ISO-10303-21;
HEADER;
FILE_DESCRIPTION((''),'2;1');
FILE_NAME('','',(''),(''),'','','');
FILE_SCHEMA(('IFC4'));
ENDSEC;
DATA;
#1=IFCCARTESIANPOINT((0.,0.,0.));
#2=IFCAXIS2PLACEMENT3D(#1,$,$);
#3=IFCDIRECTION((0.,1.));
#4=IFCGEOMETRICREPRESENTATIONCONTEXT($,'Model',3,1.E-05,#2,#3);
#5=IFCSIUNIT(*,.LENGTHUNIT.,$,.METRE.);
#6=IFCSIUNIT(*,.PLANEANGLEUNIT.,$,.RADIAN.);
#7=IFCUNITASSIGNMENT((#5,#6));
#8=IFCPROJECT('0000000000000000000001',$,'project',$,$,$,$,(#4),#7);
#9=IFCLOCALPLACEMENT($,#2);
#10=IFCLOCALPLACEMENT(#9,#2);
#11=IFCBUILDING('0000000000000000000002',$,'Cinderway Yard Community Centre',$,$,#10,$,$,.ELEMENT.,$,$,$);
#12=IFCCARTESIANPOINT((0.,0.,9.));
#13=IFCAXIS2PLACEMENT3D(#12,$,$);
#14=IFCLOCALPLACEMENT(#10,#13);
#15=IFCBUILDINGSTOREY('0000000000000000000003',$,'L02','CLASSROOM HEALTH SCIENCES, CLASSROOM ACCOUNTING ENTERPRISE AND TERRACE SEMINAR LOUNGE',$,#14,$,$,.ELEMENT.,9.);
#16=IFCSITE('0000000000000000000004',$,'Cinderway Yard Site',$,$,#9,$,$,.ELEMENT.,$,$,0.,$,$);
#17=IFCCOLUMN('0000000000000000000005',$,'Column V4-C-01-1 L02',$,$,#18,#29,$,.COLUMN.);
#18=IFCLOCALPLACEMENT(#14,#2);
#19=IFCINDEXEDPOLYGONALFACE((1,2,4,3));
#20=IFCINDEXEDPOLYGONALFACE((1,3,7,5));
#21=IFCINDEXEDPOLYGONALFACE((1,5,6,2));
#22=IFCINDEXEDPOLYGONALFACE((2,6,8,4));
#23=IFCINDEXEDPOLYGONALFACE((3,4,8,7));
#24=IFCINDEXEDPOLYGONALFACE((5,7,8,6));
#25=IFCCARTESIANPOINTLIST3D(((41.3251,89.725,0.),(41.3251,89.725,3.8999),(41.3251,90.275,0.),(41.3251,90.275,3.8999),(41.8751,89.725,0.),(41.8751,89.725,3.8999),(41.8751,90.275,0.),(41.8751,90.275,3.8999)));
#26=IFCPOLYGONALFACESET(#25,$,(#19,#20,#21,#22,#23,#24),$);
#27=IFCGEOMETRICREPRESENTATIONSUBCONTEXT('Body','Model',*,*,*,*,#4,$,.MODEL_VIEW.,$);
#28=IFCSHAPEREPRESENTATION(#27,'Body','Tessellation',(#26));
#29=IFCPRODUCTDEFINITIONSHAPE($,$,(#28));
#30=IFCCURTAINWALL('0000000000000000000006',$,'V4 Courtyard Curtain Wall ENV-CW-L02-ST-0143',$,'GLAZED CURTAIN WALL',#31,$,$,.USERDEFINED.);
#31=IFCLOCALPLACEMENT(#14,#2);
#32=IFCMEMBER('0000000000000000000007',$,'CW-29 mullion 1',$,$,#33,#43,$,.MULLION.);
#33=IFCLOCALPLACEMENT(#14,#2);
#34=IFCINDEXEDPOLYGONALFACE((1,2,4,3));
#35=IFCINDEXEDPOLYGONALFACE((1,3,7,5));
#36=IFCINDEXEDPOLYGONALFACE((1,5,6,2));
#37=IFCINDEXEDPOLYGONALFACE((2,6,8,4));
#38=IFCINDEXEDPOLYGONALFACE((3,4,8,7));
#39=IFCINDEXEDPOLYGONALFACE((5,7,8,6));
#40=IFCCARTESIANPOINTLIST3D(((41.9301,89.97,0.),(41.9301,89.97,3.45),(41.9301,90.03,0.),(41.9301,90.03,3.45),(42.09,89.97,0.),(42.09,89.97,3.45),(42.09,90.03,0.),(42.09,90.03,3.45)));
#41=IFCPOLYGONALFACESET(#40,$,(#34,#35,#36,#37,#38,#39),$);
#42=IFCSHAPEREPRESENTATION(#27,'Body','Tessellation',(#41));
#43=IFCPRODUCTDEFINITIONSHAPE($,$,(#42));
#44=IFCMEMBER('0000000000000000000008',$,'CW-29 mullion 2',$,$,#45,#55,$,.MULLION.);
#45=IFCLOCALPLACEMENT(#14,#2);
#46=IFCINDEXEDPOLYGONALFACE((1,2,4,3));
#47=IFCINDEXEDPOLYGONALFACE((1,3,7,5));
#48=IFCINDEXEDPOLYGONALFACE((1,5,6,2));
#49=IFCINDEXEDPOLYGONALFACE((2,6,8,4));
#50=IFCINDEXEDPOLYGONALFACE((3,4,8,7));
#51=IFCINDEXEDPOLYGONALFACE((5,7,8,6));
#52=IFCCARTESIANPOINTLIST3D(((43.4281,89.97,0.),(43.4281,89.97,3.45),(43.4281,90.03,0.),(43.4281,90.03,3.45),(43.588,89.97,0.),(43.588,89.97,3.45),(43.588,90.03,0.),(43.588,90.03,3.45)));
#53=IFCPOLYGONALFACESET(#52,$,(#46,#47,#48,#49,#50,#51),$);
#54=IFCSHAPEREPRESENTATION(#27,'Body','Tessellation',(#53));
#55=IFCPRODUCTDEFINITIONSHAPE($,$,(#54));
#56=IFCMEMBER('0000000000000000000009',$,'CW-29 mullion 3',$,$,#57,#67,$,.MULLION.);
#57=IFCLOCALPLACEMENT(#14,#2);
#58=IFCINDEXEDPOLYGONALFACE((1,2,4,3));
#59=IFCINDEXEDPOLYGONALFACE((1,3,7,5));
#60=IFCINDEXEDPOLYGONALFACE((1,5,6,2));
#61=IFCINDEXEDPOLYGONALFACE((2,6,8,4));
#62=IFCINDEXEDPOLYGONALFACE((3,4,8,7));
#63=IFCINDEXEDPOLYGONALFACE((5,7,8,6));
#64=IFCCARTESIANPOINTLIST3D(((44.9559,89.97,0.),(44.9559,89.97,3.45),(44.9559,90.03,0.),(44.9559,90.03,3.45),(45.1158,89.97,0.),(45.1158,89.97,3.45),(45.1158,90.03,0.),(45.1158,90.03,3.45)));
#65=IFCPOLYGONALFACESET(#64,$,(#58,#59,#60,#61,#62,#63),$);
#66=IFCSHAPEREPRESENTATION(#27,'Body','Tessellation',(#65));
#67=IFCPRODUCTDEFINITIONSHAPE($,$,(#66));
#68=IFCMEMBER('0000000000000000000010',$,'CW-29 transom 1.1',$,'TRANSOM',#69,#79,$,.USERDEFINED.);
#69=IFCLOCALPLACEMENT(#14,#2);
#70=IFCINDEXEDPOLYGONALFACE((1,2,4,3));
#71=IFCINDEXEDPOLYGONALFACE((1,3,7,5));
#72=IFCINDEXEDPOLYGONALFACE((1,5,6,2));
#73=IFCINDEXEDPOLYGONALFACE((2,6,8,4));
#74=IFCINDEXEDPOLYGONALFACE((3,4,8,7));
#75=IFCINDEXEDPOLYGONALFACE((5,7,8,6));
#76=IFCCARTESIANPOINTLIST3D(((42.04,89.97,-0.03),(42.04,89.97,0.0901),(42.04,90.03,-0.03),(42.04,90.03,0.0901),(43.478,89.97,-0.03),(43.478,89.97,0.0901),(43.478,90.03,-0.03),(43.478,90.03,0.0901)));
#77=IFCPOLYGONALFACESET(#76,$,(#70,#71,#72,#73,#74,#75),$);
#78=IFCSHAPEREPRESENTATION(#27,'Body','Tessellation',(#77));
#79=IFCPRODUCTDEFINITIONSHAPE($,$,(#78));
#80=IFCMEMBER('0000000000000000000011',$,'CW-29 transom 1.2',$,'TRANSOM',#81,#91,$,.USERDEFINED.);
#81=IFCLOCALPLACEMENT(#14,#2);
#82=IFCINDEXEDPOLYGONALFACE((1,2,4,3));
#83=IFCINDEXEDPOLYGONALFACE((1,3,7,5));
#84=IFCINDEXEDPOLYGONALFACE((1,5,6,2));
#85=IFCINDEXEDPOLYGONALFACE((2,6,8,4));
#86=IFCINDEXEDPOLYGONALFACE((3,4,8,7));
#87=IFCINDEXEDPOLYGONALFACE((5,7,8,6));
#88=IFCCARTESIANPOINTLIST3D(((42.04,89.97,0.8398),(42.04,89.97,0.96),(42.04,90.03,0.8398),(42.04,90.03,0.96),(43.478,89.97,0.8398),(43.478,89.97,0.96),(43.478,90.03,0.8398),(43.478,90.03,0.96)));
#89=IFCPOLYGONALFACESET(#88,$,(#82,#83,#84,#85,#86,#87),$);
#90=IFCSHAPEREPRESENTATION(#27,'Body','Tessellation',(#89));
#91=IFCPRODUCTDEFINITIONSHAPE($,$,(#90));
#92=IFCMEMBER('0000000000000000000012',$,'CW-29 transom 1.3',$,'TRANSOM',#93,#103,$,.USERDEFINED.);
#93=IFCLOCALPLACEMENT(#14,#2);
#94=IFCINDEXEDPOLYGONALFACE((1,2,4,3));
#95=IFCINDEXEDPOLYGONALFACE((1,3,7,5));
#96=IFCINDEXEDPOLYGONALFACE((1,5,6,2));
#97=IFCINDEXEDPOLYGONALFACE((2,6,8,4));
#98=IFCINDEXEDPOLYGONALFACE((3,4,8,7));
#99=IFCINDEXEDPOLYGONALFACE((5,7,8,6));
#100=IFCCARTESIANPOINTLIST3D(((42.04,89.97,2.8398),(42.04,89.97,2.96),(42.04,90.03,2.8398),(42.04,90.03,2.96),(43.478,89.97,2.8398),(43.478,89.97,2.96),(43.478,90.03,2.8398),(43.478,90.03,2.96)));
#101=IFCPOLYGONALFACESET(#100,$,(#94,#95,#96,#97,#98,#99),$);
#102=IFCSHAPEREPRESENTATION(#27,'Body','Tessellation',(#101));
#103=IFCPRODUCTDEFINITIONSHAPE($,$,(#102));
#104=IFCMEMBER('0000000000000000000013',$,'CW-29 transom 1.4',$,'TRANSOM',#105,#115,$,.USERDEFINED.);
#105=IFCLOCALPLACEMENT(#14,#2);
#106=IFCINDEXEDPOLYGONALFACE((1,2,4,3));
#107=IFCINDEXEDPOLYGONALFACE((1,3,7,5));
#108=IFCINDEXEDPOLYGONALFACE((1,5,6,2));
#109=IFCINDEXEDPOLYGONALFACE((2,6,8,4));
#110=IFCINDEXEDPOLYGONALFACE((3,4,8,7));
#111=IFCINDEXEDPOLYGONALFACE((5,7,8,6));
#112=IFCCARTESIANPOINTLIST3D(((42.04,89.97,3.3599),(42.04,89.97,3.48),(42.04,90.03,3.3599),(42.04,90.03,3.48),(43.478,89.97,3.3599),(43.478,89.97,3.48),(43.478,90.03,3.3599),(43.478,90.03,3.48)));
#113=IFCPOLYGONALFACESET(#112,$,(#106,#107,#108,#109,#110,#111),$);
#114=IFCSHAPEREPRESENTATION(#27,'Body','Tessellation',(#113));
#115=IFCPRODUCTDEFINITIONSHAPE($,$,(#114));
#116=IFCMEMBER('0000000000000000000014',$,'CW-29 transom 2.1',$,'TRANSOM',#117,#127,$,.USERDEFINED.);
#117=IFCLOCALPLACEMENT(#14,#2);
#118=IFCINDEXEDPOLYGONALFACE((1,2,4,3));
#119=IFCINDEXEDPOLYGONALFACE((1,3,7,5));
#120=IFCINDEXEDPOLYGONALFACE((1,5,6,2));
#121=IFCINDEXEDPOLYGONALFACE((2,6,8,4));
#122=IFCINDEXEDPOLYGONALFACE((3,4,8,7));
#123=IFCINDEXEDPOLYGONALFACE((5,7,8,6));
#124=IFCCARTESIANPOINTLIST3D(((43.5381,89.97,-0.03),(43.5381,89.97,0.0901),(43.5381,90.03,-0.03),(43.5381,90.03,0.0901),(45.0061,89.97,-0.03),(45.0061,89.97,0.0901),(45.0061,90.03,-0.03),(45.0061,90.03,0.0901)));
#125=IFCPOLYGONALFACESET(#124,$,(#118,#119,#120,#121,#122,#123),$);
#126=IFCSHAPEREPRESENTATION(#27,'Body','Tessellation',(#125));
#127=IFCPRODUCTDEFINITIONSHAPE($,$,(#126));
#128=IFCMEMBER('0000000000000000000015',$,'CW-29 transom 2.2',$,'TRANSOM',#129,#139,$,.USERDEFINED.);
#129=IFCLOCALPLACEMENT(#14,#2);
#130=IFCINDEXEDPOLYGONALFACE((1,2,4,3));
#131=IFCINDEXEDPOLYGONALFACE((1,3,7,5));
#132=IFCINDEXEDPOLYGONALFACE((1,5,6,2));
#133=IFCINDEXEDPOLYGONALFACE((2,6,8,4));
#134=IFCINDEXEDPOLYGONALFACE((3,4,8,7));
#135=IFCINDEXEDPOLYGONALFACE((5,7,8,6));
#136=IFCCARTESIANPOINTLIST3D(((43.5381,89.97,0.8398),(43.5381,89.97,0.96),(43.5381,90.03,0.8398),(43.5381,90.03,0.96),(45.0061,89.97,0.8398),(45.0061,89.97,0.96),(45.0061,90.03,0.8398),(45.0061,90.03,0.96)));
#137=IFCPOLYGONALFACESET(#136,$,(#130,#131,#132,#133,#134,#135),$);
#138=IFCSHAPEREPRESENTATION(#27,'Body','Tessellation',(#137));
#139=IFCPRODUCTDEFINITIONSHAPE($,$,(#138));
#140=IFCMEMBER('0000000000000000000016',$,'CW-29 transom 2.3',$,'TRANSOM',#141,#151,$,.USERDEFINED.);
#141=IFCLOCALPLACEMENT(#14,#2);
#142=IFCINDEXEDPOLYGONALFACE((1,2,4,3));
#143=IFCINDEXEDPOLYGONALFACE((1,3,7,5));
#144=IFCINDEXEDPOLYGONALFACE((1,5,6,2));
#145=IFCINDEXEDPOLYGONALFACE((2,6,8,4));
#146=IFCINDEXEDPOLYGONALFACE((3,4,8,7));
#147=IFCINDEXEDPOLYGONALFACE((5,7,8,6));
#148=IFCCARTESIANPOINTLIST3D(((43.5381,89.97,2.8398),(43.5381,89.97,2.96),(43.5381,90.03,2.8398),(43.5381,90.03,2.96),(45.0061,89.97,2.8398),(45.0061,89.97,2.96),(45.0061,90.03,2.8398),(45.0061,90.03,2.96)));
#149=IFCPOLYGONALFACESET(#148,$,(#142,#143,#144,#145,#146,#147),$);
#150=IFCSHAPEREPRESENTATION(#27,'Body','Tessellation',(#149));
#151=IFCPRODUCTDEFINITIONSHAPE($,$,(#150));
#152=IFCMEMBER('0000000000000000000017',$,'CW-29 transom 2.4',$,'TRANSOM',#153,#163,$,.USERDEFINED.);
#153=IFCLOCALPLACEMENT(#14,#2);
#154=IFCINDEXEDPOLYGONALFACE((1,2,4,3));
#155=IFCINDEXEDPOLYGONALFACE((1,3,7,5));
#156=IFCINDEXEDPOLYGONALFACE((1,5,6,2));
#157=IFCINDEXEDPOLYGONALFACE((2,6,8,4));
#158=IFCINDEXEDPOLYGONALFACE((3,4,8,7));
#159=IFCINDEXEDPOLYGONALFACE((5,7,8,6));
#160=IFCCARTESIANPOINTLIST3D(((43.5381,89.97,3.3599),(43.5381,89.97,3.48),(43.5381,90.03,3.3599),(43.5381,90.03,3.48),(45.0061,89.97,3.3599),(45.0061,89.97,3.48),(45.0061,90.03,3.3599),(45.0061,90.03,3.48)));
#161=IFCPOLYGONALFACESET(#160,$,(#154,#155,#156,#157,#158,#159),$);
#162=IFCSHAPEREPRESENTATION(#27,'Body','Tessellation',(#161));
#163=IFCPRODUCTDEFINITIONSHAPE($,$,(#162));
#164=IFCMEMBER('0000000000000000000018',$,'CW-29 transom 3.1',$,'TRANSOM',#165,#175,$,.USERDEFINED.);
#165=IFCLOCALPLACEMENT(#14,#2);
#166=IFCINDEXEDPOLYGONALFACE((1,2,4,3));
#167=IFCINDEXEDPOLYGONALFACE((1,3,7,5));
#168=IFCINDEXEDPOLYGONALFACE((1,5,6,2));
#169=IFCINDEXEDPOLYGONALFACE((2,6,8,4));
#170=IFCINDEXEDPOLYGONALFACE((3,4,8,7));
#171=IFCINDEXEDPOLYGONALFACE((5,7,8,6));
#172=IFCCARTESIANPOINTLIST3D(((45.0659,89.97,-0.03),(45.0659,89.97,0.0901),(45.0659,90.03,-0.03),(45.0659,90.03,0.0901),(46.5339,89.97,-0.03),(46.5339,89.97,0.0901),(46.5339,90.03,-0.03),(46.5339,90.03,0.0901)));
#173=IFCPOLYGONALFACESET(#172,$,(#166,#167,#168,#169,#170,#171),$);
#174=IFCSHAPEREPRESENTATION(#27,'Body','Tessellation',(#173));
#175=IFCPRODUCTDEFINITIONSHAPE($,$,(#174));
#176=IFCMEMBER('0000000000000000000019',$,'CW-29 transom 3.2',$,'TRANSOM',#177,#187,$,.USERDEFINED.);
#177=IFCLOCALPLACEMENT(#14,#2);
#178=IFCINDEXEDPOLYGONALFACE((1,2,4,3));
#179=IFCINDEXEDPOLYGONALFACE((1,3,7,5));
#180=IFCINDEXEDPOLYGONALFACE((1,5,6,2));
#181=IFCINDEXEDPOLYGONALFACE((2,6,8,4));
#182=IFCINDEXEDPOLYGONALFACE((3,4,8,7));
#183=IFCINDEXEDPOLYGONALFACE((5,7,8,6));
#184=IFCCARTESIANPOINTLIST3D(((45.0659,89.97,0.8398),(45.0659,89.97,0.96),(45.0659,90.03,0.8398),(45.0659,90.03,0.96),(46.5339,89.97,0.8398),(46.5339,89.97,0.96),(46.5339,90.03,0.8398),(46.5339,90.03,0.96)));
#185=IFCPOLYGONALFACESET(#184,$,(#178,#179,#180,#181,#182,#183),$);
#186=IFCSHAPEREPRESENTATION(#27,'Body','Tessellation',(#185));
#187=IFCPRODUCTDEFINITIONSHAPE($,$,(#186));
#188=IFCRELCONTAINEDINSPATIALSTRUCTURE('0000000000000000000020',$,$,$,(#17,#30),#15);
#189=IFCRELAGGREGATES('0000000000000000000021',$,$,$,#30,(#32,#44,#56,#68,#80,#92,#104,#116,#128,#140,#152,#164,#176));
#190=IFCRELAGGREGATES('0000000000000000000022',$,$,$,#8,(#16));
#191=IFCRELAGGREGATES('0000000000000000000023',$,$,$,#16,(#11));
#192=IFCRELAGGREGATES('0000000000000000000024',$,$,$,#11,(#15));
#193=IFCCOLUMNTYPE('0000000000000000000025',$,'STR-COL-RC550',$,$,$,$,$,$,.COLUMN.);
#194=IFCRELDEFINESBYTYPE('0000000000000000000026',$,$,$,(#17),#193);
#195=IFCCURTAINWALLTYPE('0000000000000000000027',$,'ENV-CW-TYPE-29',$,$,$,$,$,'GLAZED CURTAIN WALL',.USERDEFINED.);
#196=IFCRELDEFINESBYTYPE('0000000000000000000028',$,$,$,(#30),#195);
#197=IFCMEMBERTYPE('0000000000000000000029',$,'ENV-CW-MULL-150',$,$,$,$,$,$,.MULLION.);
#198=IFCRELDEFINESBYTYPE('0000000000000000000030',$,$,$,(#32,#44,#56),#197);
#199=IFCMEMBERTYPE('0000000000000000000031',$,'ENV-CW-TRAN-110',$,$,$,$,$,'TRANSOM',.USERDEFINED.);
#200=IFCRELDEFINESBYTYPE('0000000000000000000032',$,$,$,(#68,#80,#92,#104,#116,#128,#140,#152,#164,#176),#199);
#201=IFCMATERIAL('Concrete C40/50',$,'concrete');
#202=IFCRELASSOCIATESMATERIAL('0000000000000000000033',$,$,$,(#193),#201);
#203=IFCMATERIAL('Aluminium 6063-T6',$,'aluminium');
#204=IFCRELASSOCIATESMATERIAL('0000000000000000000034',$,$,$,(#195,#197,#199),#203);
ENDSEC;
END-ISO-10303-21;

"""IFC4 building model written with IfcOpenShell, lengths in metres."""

from ifc_helpers import new_model, si_unit, direction, frame, origin, origin_2d, place, context, subcontext, project, spatial, rectangle, extrude, material, material_profile, profile_set, type_object, element, aggregate, save


model = new_model("IFC4")

# Units and contexts
model_context = context("Model", 3, precision=1e-05, world=origin(), true_north=direction((0.0, 1.0)))
body_context = subcontext(model_context, "Body", "Model", "MODEL_VIEW")
ifc_project = project(units=[si_unit("LENGTHUNIT", "METRE"), si_unit("PLANEANGLEUNIT", "RADIAN")], contexts=[model_context])

# Site, building, storey
site_placement = place(None, origin())
site = spatial("IfcSite", under=ifc_project, at=site_placement, Name="Cinderway Yard Site", CompositionType="ELEMENT", RefElevation=0.0)
building_placement = place(site_placement, origin())
building = spatial("IfcBuilding", under=site, at=building_placement, Name="Cinderway Yard Community Centre", CompositionType="ELEMENT")
storey_placement = place(building_placement, frame((0.0, 0.0, 9.0)))
storey = spatial("IfcBuildingStorey", under=building, at=storey_placement, Name="L02", Description="CLASSROOM HEALTH SCIENCES, CLASSROOM ACCOUNTING ENTERPRISE AND TERRACE SEMINAR LOUNGE", CompositionType="ELEMENT", Elevation=9.0)

# Column
ifc_material_1 = material(Name="Concrete C40/50", Category="concrete")
ifc_material_profile_1 = material_profile(ifc_material_1, rectangle(XDim=0.55, YDim=0.55, at=origin_2d()), Name="Concrete C40/50")
ifc_profile_set_1 = profile_set([ifc_material_profile_1], Name="Concrete C40/50")
column_type = type_object("IfcColumnType", Name="STR-COL-RC550", PredefinedType="COLUMN", material=ifc_profile_set_1)
column_placement = place(storey_placement, frame((41.6001, 90.0, 0.0), z_axis=(0.0, 0.0, 1.0), x_axis=(1.0, 0.0, 0.0)))
element("IfcColumn", 1, at=column_placement, inside=storey, type_object=column_type, Name="Column V4-C-01-1 L02", PredefinedType="COLUMN", context=body_context, shape_type="SweptSolid", body=[
    extrude(rectangle(XDim=0.55, YDim=0.55, at=origin_2d()), origin(), (0.0, 0.0, 1.0), 3.8999),
])

# Curtain wall, members
ifc_material_2 = material(Name="Aluminium 6063-T6", Category="aluminium")
curtain_wall_type = type_object("IfcCurtainWallType", Name="ENV-CW-TYPE-29", ElementType="GLAZED CURTAIN WALL", PredefinedType="USERDEFINED", material=ifc_material_2)
curtain_wall_placement = place(storey_placement, origin())
curtain_wall = element("IfcCurtainWall", 2, at=curtain_wall_placement, inside=storey, type_object=curtain_wall_type, Name="V4 Courtyard Curtain Wall ENV-CW-L02-ST-0143", ObjectType="GLAZED CURTAIN WALL", PredefinedType="USERDEFINED")
ifc_material_profile_2 = material_profile(ifc_material_2, rectangle(XDim=0.0601, YDim=0.1599, at=origin_2d()), Name="Aluminium 6063-T6")
ifc_profile_set_2 = profile_set([ifc_material_profile_2], Name="Aluminium 6063-T6")
member_type_1 = type_object("IfcMemberType", Name="ENV-CW-MULL-150", PredefinedType="MULLION", material=ifc_profile_set_2)
member_1_placement = place(storey_placement, frame((42.01, 90.0, 0.0), z_axis=(0.0, 0.0, 1.0), x_axis=(0.0, 1.0, 0.0)))
member_1 = element("IfcMember", 3, at=member_1_placement, type_object=member_type_1, Name="CW-29 mullion 1", PredefinedType="MULLION", context=body_context, shape_type="SweptSolid", body=[
    extrude(rectangle(XDim=0.0601, YDim=0.1599, at=origin_2d()), origin(), (0.0, 0.0, 1.0), 3.45),
])
member_2_placement = place(storey_placement, frame((43.5081, 90.0, 0.0), z_axis=(0.0, 0.0, 1.0), x_axis=(0.0, 1.0, 0.0)))
member_2 = element("IfcMember", 4, at=member_2_placement, type_object=member_type_1, Name="CW-29 mullion 2", PredefinedType="MULLION", context=body_context, shape_type="SweptSolid", body=[
    extrude(rectangle(XDim=0.0601, YDim=0.1599, at=origin_2d()), origin(), (0.0, 0.0, 1.0), 3.45),
])
member_3_placement = place(storey_placement, frame((45.0359, 90.0, 0.0), z_axis=(0.0, 0.0, 1.0), x_axis=(0.0, 1.0, 0.0)))
member_3 = element("IfcMember", 5, at=member_3_placement, type_object=member_type_1, Name="CW-29 mullion 3", PredefinedType="MULLION", context=body_context, shape_type="SweptSolid", body=[
    extrude(rectangle(XDim=0.0601, YDim=0.1599, at=origin_2d()), origin(), (0.0, 0.0, 1.0), 3.45),
])
ifc_material_profile_3 = material_profile(ifc_material_2, rectangle(XDim=0.0601, YDim=0.1201, at=origin_2d()), Name="Aluminium 6063-T6")
ifc_profile_set_3 = profile_set([ifc_material_profile_3], Name="Aluminium 6063-T6")
member_type_2 = type_object("IfcMemberType", Name="ENV-CW-TRAN-110", ElementType="TRANSOM", PredefinedType="USERDEFINED", material=ifc_profile_set_3)
member_4_placement = place(storey_placement, frame((42.04, 90.0, 0.03), z_axis=(1.0, 0.0, 0.0), x_axis=(0.0, 1.0, 0.0)))
member_4 = element("IfcMember", 6, at=member_4_placement, type_object=member_type_2, Name="CW-29 transom 1.1", ObjectType="TRANSOM", PredefinedType="USERDEFINED", context=body_context, shape_type="SweptSolid", body=[
    extrude(rectangle(XDim=0.0601, YDim=0.1201, at=origin_2d()), origin(), (0.0, 0.0, 1.0), 1.438),
])
member_5_placement = place(storey_placement, frame((42.04, 90.0, 0.8999), z_axis=(1.0, 0.0, 0.0), x_axis=(0.0, 1.0, 0.0)))
member_5 = element("IfcMember", 7, at=member_5_placement, type_object=member_type_2, Name="CW-29 transom 1.2", ObjectType="TRANSOM", PredefinedType="USERDEFINED", context=body_context, shape_type="SweptSolid", body=[
    extrude(rectangle(XDim=0.0601, YDim=0.1201, at=origin_2d()), origin(), (0.0, 0.0, 1.0), 1.438),
])
member_6_placement = place(storey_placement, frame((42.04, 90.0, 2.8999), z_axis=(1.0, 0.0, 0.0), x_axis=(0.0, 1.0, 0.0)))
member_6 = element("IfcMember", 8, at=member_6_placement, type_object=member_type_2, Name="CW-29 transom 1.3", ObjectType="TRANSOM", PredefinedType="USERDEFINED", context=body_context, shape_type="SweptSolid", body=[
    extrude(rectangle(XDim=0.0601, YDim=0.1201, at=origin_2d()), origin(), (0.0, 0.0, 1.0), 1.438),
])
member_7_placement = place(storey_placement, frame((42.04, 90.0, 3.4199), z_axis=(1.0, 0.0, 0.0), x_axis=(0.0, 1.0, 0.0)))
member_7 = element("IfcMember", 9, at=member_7_placement, type_object=member_type_2, Name="CW-29 transom 1.4", ObjectType="TRANSOM", PredefinedType="USERDEFINED", context=body_context, shape_type="SweptSolid", body=[
    extrude(rectangle(XDim=0.0601, YDim=0.1201, at=origin_2d()), origin(), (0.0, 0.0, 1.0), 1.438),
])
member_8_placement = place(storey_placement, frame((43.5381, 90.0, 0.03), z_axis=(1.0, 0.0, 0.0), x_axis=(0.0, 1.0, 0.0)))
member_8 = element("IfcMember", 10, at=member_8_placement, type_object=member_type_2, Name="CW-29 transom 2.1", ObjectType="TRANSOM", PredefinedType="USERDEFINED", context=body_context, shape_type="SweptSolid", body=[
    extrude(rectangle(XDim=0.0601, YDim=0.1201, at=origin_2d()), origin(), (0.0, 0.0, 1.0), 1.468),
])
member_9_placement = place(storey_placement, frame((43.5381, 90.0, 0.8999), z_axis=(1.0, 0.0, 0.0), x_axis=(0.0, 1.0, 0.0)))
member_9 = element("IfcMember", 11, at=member_9_placement, type_object=member_type_2, Name="CW-29 transom 2.2", ObjectType="TRANSOM", PredefinedType="USERDEFINED", context=body_context, shape_type="SweptSolid", body=[
    extrude(rectangle(XDim=0.0601, YDim=0.1201, at=origin_2d()), origin(), (0.0, 0.0, 1.0), 1.468),
])
member_10_placement = place(storey_placement, frame((43.5381, 90.0, 2.8999), z_axis=(1.0, 0.0, 0.0), x_axis=(0.0, 1.0, 0.0)))
member_10 = element("IfcMember", 12, at=member_10_placement, type_object=member_type_2, Name="CW-29 transom 2.3", ObjectType="TRANSOM", PredefinedType="USERDEFINED", context=body_context, shape_type="SweptSolid", body=[
    extrude(rectangle(XDim=0.0601, YDim=0.1201, at=origin_2d()), origin(), (0.0, 0.0, 1.0), 1.468),
])
member_11_placement = place(storey_placement, frame((43.5381, 90.0, 3.4199), z_axis=(1.0, 0.0, 0.0), x_axis=(0.0, 1.0, 0.0)))
member_11 = element("IfcMember", 13, at=member_11_placement, type_object=member_type_2, Name="CW-29 transom 2.4", ObjectType="TRANSOM", PredefinedType="USERDEFINED", context=body_context, shape_type="SweptSolid", body=[
    extrude(rectangle(XDim=0.0601, YDim=0.1201, at=origin_2d()), origin(), (0.0, 0.0, 1.0), 1.468),
])
member_12_placement = place(storey_placement, frame((45.0659, 90.0, 0.03), z_axis=(1.0, 0.0, 0.0), x_axis=(0.0, 1.0, 0.0)))
member_12 = element("IfcMember", 14, at=member_12_placement, type_object=member_type_2, Name="CW-29 transom 3.1", ObjectType="TRANSOM", PredefinedType="USERDEFINED", context=body_context, shape_type="SweptSolid", body=[
    extrude(rectangle(XDim=0.0601, YDim=0.1201, at=origin_2d()), origin(), (0.0, 0.0, 1.0), 1.468),
])
member_13_placement = place(storey_placement, frame((45.0659, 90.0, 0.8999), z_axis=(1.0, 0.0, 0.0), x_axis=(0.0, 1.0, 0.0)))
member_13 = element("IfcMember", 15, at=member_13_placement, type_object=member_type_2, Name="CW-29 transom 3.2", ObjectType="TRANSOM", PredefinedType="USERDEFINED", context=body_context, shape_type="SweptSolid", body=[
    extrude(rectangle(XDim=0.0601, YDim=0.1201, at=origin_2d()), origin(), (0.0, 0.0, 1.0), 1.468),
])

aggregate(curtain_wall, [member_1, member_2, member_3, member_4, member_5, member_6, member_7, member_8, member_9, member_10, member_11, member_12, member_13])

save(model, "model.ifc")
